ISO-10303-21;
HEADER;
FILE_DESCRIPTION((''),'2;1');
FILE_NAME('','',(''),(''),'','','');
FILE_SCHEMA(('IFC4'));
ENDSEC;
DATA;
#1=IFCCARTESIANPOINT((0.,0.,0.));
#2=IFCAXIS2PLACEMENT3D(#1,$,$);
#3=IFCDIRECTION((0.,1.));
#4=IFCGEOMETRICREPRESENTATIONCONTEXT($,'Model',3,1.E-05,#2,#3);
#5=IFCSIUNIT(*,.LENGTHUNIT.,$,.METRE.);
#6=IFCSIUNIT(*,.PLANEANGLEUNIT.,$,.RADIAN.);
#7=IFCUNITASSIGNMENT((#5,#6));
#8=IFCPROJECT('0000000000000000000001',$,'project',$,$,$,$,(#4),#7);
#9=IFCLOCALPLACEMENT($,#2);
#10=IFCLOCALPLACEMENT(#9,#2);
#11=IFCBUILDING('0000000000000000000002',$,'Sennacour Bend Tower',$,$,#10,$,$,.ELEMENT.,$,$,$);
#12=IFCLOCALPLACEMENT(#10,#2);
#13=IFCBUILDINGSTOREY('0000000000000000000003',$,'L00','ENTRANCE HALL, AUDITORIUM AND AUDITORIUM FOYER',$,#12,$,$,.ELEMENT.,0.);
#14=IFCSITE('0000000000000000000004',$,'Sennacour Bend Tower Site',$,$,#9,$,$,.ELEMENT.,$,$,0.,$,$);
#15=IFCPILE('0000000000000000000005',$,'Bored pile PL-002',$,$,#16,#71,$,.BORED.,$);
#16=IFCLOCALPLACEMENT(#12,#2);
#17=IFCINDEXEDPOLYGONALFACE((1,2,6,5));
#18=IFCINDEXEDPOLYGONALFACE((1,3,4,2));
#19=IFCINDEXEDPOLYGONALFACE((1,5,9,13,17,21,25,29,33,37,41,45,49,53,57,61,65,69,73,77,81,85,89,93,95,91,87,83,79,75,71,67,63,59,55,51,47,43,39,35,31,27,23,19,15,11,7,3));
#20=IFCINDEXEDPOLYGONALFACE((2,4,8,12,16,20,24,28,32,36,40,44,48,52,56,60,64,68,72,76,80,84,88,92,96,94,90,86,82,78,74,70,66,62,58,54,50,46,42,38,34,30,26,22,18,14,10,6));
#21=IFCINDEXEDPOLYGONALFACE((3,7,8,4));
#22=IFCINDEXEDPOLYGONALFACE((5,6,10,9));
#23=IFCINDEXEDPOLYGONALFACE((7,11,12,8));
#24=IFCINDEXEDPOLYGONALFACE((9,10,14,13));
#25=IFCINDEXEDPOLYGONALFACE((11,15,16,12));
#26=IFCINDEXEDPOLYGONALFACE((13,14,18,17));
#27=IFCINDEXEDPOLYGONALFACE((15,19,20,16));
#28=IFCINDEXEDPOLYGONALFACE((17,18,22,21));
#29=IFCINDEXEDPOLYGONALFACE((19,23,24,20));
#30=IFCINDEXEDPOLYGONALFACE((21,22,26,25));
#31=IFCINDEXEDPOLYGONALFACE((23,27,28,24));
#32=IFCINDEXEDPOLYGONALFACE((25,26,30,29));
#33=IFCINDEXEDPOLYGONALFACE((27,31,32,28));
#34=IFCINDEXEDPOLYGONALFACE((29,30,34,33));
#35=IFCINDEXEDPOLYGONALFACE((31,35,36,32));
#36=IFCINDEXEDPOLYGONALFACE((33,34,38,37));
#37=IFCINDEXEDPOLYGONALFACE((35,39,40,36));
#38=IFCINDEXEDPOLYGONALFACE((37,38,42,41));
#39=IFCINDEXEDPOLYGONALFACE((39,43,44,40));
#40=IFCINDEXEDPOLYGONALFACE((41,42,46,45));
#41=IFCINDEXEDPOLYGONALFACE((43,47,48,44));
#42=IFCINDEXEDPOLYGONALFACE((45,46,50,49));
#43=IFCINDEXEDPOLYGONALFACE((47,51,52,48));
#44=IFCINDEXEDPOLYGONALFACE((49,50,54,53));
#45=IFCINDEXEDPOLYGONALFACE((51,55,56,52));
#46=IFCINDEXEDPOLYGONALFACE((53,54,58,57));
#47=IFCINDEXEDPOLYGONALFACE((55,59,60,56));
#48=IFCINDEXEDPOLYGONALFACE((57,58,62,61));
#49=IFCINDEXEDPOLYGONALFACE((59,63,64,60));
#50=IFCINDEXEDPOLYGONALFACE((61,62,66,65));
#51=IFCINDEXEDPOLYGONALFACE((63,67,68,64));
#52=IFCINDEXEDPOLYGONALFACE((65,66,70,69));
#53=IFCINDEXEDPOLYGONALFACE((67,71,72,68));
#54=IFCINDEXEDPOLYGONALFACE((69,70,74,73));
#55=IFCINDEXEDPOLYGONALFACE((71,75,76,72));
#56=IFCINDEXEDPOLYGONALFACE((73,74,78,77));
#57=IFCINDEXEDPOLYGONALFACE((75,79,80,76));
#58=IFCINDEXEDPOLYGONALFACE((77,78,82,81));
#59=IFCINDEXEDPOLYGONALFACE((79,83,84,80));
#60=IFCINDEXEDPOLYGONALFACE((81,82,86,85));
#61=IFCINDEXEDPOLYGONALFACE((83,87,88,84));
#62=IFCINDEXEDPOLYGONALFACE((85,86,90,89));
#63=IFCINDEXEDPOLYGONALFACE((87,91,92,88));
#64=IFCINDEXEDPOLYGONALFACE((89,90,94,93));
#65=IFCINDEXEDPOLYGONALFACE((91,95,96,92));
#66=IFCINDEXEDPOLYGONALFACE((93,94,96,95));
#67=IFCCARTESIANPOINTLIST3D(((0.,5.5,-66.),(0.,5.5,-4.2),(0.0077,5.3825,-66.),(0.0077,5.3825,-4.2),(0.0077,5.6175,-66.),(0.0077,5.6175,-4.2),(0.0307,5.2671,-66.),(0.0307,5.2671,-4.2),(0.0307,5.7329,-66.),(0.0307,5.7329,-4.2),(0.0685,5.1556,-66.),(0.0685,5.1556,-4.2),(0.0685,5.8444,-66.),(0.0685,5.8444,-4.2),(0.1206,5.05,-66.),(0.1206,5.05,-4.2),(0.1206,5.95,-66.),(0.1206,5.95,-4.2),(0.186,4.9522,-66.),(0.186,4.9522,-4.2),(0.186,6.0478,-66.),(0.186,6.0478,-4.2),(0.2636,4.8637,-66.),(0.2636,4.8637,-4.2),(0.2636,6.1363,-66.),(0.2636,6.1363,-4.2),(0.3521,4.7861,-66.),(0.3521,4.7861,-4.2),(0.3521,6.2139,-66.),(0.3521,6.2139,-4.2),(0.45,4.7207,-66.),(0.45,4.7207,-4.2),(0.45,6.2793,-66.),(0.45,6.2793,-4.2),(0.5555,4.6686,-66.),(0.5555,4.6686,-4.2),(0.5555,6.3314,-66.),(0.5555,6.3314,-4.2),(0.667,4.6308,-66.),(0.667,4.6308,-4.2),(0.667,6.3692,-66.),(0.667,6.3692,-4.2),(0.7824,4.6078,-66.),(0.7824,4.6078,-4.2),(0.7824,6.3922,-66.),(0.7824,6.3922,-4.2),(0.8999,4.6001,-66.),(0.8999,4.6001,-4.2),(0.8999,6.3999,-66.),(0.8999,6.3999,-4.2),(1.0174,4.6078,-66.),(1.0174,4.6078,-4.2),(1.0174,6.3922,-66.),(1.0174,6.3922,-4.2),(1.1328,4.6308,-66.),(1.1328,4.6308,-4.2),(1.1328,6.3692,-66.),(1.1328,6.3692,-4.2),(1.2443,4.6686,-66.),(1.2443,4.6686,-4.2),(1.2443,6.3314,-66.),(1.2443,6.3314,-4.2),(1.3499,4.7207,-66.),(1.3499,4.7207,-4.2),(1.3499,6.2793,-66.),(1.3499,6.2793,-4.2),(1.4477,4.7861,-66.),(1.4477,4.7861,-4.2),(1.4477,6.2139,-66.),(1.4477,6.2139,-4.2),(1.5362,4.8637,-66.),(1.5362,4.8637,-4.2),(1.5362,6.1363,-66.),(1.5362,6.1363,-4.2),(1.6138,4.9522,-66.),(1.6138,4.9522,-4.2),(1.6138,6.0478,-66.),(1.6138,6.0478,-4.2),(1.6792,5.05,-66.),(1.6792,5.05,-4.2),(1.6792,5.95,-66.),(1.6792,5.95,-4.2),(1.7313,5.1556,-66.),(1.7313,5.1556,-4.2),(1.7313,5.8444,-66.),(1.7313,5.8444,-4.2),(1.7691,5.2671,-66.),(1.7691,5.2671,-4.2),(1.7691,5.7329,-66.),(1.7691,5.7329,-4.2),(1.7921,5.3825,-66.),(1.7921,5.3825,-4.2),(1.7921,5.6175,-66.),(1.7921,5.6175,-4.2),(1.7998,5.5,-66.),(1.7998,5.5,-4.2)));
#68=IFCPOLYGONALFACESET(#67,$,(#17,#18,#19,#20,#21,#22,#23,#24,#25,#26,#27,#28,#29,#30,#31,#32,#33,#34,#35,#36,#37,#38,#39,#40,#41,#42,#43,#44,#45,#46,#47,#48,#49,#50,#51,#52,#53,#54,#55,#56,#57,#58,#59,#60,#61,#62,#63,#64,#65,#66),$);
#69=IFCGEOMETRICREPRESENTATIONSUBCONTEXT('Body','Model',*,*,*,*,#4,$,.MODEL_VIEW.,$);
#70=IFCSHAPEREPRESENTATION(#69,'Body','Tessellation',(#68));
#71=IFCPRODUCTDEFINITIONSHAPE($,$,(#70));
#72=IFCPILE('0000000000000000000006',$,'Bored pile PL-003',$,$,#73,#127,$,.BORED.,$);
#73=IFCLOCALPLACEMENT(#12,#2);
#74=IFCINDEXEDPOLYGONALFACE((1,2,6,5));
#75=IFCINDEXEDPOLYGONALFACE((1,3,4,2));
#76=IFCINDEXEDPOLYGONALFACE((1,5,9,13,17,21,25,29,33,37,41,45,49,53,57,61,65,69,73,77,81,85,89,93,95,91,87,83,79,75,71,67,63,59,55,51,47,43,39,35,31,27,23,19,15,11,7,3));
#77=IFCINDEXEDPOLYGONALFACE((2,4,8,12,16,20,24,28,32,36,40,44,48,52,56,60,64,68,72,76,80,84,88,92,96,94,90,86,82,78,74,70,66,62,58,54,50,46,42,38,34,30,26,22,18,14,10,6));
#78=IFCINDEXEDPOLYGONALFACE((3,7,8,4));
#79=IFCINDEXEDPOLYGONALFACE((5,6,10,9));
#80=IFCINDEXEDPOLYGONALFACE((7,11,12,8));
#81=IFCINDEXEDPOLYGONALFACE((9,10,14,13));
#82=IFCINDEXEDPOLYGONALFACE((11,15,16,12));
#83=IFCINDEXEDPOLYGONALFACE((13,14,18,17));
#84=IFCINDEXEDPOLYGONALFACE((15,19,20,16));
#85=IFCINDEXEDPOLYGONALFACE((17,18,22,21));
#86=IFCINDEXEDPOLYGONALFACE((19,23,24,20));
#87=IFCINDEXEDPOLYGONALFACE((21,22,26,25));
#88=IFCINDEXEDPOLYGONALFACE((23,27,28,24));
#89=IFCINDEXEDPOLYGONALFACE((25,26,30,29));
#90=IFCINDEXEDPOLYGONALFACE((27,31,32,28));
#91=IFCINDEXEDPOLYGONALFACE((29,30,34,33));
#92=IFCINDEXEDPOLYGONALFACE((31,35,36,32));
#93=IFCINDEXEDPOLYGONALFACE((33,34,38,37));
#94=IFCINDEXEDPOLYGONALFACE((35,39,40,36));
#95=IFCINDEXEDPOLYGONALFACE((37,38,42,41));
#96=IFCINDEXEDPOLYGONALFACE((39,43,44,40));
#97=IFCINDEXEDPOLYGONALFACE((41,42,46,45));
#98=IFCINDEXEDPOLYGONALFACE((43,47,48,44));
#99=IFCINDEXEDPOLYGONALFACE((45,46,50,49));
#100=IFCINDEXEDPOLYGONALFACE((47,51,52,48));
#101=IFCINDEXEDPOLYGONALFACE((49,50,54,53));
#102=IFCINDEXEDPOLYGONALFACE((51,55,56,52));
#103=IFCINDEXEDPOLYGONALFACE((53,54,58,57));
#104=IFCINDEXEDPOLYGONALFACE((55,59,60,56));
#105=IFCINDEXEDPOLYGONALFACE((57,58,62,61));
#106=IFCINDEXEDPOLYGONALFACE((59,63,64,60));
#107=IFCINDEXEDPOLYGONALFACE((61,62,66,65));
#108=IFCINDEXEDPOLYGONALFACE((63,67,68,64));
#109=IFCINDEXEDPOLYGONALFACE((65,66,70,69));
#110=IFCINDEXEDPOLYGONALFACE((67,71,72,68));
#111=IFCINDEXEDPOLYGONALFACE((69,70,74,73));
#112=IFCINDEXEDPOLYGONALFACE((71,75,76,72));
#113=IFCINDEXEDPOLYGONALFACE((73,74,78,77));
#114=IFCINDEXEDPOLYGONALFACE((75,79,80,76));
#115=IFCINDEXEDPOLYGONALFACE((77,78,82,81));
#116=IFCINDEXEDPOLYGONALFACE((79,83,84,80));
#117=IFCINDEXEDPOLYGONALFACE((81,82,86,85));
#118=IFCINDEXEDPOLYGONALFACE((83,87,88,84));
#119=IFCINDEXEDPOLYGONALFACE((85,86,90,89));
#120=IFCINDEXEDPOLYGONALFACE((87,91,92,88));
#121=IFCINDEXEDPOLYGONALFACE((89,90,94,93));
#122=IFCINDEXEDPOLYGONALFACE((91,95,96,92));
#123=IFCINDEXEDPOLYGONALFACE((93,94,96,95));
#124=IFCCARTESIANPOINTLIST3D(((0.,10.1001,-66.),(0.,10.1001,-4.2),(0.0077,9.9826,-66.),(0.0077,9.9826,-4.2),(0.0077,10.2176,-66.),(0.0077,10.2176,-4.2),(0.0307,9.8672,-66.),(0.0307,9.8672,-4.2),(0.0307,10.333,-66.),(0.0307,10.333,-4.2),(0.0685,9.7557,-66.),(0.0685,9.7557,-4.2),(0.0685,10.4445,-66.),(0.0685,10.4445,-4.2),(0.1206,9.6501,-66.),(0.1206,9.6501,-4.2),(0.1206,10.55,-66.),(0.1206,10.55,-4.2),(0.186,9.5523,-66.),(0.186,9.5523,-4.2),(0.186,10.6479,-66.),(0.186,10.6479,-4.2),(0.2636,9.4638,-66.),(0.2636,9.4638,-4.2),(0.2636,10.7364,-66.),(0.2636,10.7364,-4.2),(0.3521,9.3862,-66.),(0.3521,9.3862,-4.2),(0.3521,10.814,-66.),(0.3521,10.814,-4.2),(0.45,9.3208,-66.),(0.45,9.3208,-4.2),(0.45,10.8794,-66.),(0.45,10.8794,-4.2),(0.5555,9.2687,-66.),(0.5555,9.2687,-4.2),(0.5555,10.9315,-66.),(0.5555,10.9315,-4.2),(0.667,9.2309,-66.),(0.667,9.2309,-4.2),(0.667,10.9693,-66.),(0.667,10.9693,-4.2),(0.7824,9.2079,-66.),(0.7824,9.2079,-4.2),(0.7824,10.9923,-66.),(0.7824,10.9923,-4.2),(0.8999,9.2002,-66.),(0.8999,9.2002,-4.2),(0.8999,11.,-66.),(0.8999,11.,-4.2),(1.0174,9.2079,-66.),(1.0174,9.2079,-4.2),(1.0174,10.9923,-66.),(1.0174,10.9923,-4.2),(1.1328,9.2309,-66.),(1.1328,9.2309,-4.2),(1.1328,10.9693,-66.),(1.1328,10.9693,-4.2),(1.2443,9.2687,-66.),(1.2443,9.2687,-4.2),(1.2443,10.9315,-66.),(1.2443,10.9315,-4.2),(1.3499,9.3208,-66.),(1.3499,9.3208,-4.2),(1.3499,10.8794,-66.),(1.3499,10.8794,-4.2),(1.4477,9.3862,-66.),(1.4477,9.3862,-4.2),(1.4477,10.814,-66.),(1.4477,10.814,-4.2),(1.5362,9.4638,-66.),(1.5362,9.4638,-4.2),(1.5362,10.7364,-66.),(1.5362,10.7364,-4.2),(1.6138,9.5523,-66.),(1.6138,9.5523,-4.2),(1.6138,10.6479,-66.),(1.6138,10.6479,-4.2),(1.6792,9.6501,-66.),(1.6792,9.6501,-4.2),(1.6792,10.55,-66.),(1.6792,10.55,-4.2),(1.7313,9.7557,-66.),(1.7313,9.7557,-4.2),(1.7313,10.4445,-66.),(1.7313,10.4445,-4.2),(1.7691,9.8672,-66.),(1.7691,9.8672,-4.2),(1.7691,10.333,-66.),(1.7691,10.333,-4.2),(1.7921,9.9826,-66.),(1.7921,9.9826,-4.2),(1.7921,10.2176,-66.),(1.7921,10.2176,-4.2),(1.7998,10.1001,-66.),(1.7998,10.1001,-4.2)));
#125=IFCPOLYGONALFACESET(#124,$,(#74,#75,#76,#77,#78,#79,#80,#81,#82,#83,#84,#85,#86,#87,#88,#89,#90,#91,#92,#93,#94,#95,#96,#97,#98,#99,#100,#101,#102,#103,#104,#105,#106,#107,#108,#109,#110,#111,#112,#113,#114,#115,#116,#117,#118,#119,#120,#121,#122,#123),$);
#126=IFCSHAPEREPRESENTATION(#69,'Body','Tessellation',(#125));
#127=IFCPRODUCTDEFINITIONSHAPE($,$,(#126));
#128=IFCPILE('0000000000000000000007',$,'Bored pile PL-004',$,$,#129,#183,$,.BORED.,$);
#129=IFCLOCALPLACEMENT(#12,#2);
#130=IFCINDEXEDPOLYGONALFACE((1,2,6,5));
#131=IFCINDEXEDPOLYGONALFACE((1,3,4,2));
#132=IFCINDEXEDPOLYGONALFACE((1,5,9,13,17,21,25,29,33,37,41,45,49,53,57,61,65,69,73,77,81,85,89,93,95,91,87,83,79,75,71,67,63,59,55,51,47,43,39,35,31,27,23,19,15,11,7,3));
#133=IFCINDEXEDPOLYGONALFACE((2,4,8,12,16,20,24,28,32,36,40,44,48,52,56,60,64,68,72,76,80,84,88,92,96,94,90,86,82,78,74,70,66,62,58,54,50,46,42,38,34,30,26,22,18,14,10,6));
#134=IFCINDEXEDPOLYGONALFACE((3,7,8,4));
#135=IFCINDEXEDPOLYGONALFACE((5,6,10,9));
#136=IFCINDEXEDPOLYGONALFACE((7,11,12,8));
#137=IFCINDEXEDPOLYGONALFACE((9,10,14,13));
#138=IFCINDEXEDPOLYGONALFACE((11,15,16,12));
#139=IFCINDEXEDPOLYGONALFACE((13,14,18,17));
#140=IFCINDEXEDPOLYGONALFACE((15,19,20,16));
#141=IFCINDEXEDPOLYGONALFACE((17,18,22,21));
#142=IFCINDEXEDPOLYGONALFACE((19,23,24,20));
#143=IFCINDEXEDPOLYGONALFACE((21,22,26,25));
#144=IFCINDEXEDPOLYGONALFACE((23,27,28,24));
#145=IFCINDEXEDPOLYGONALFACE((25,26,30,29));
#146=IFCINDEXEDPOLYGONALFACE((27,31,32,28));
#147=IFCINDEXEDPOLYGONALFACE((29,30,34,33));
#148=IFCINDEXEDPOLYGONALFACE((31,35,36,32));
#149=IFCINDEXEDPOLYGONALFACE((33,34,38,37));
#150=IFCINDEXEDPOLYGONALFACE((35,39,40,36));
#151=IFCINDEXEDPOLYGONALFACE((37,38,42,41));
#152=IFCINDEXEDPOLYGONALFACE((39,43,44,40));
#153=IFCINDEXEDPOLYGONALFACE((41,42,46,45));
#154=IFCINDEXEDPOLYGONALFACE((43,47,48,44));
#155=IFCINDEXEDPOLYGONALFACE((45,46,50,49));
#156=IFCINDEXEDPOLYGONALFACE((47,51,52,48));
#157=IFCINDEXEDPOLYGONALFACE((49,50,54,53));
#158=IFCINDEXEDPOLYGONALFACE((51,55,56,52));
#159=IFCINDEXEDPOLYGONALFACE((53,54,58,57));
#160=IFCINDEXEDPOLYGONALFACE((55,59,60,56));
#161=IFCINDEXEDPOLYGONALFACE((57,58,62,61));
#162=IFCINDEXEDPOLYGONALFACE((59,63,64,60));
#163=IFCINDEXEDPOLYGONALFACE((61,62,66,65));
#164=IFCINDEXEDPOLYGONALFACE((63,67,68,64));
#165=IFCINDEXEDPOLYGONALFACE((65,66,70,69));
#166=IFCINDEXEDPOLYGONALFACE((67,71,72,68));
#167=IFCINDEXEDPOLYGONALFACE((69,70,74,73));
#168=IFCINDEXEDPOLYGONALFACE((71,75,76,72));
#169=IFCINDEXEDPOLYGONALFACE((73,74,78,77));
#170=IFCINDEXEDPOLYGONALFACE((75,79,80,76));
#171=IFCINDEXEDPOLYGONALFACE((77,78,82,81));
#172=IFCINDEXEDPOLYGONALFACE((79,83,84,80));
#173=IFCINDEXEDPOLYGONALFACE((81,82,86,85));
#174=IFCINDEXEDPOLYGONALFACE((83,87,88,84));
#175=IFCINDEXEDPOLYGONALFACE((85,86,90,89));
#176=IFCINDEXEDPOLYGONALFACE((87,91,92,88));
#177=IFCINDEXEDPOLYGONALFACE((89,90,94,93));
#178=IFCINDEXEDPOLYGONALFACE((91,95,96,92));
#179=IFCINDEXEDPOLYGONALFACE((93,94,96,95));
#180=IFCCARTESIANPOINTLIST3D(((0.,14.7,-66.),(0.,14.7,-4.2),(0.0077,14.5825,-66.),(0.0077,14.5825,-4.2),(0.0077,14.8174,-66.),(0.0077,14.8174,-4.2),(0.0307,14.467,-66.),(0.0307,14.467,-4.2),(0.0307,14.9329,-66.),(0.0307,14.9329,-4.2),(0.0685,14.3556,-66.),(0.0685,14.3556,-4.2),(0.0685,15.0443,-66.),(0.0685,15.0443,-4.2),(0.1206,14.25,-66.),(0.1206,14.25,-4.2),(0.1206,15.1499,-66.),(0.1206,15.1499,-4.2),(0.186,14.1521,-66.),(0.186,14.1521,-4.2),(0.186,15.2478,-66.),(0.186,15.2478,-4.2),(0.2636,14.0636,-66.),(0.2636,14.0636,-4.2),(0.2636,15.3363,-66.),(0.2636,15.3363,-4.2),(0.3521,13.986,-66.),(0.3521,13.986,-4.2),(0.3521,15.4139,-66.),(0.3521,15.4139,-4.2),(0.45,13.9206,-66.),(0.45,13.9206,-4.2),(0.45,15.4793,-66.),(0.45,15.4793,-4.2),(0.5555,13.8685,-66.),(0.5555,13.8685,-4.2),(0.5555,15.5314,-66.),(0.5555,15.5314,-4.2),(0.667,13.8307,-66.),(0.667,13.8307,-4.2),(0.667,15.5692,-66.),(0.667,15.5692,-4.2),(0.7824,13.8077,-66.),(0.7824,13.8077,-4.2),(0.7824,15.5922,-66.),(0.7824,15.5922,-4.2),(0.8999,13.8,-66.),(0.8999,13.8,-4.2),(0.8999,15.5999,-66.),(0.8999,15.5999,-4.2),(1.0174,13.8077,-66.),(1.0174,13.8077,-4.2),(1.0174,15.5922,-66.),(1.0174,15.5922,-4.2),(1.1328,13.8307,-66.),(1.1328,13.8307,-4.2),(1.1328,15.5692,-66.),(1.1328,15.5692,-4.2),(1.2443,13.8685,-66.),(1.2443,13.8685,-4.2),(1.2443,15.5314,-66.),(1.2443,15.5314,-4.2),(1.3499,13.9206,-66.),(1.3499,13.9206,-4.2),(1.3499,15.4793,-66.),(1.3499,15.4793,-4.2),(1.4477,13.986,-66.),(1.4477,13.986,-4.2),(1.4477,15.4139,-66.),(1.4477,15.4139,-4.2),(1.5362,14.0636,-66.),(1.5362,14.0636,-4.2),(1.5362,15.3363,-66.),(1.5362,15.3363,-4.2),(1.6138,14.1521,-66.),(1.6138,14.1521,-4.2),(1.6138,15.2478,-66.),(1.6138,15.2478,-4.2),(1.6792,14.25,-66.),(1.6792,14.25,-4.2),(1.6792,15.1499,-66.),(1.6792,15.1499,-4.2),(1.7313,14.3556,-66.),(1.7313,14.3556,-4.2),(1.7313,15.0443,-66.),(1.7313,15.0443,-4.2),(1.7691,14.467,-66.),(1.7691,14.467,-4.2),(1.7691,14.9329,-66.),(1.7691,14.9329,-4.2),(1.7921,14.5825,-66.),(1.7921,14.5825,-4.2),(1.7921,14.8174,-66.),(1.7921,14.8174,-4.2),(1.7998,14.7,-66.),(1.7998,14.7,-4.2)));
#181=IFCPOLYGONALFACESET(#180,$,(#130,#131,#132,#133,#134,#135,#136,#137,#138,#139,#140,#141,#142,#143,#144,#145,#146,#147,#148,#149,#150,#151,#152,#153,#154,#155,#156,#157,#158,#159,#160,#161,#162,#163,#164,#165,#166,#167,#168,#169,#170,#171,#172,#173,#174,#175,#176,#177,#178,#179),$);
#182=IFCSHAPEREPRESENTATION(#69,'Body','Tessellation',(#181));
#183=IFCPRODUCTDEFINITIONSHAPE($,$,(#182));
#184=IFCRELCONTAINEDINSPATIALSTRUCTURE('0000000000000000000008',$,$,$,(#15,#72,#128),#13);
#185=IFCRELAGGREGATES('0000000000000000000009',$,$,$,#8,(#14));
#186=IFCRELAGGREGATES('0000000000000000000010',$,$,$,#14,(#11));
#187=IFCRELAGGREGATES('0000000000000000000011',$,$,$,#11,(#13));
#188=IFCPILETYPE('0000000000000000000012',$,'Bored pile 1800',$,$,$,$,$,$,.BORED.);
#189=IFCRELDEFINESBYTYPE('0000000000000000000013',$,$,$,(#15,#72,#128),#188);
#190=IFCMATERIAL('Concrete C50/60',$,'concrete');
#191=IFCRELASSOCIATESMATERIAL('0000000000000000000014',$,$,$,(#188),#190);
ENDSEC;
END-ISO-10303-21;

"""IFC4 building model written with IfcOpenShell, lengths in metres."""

from ifc_helpers import new_model, si_unit, direction, frame, origin, origin_2d, place, context, subcontext, project, spatial, circle, extrude, material, material_profile, profile_set, type_object, element, save


model = new_model("IFC4")

# Units and contexts
model_context = context("Model", 3, precision=1e-05, world=origin(), true_north=direction((0.0, 1.0)))
body_context = subcontext(model_context, "Body", "Model", "MODEL_VIEW")
ifc_project = project(units=[si_unit("LENGTHUNIT", "METRE"), si_unit("PLANEANGLEUNIT", "RADIAN")], contexts=[model_context])

# Site, building, storey
site_placement = place(None, origin())
site = spatial("IfcSite", under=ifc_project, at=site_placement, Name="Sennacour Bend Tower Site", CompositionType="ELEMENT", RefElevation=0.0)
building_placement = place(site_placement, origin())
building = spatial("IfcBuilding", under=site, at=building_placement, Name="Sennacour Bend Tower", CompositionType="ELEMENT")
storey_placement = place(building_placement, origin())
storey = spatial("IfcBuildingStorey", under=building, at=storey_placement, Name="L00", Description="ENTRANCE HALL, AUDITORIUM AND AUDITORIUM FOYER", CompositionType="ELEMENT", Elevation=0.0)

# Piles
ifc_material_1 = material(Name="Concrete C50/60", Category="concrete")
ifc_material_profile_1 = material_profile(ifc_material_1, circle(Radius=0.8999, at=origin_2d()), Name="Concrete C50/60", Category="concrete")
ifc_profile_set_1 = profile_set([ifc_material_profile_1], Name="Concrete C50/60")
pile_type = type_object("IfcPileType", Name="Bored pile 1800", PredefinedType="BORED", material=ifc_profile_set_1)
for number, where, z_axis, x_axis, name in (
    (1, (0.8999, 5.5, -4.2), (0.0, 0.0, -1.0), (1.0, 0.0, 0.0), "Bored pile PL-002"),
    (2, (0.8999, 10.1001, -4.2), (0.0, 0.0, -1.0), (1.0, 0.0, 0.0), "Bored pile PL-003"),
    (3, (0.8999, 14.7, -4.2), (0.0, 0.0, -1.0), (1.0, 0.0, 0.0), "Bored pile PL-004"),
):
    element("IfcPile", number, at=place(storey_placement, frame(where, z_axis=z_axis, x_axis=x_axis)), inside=storey, type_object=pile_type, Name=name, PredefinedType="BORED", context=body_context, shape_type="SweptSolid", body=[
        extrude(circle(Radius=0.8999, at=origin_2d()), origin(), (0.0, 0.0, 1.0), 61.8),
    ])

save(model, "model.ifc")
